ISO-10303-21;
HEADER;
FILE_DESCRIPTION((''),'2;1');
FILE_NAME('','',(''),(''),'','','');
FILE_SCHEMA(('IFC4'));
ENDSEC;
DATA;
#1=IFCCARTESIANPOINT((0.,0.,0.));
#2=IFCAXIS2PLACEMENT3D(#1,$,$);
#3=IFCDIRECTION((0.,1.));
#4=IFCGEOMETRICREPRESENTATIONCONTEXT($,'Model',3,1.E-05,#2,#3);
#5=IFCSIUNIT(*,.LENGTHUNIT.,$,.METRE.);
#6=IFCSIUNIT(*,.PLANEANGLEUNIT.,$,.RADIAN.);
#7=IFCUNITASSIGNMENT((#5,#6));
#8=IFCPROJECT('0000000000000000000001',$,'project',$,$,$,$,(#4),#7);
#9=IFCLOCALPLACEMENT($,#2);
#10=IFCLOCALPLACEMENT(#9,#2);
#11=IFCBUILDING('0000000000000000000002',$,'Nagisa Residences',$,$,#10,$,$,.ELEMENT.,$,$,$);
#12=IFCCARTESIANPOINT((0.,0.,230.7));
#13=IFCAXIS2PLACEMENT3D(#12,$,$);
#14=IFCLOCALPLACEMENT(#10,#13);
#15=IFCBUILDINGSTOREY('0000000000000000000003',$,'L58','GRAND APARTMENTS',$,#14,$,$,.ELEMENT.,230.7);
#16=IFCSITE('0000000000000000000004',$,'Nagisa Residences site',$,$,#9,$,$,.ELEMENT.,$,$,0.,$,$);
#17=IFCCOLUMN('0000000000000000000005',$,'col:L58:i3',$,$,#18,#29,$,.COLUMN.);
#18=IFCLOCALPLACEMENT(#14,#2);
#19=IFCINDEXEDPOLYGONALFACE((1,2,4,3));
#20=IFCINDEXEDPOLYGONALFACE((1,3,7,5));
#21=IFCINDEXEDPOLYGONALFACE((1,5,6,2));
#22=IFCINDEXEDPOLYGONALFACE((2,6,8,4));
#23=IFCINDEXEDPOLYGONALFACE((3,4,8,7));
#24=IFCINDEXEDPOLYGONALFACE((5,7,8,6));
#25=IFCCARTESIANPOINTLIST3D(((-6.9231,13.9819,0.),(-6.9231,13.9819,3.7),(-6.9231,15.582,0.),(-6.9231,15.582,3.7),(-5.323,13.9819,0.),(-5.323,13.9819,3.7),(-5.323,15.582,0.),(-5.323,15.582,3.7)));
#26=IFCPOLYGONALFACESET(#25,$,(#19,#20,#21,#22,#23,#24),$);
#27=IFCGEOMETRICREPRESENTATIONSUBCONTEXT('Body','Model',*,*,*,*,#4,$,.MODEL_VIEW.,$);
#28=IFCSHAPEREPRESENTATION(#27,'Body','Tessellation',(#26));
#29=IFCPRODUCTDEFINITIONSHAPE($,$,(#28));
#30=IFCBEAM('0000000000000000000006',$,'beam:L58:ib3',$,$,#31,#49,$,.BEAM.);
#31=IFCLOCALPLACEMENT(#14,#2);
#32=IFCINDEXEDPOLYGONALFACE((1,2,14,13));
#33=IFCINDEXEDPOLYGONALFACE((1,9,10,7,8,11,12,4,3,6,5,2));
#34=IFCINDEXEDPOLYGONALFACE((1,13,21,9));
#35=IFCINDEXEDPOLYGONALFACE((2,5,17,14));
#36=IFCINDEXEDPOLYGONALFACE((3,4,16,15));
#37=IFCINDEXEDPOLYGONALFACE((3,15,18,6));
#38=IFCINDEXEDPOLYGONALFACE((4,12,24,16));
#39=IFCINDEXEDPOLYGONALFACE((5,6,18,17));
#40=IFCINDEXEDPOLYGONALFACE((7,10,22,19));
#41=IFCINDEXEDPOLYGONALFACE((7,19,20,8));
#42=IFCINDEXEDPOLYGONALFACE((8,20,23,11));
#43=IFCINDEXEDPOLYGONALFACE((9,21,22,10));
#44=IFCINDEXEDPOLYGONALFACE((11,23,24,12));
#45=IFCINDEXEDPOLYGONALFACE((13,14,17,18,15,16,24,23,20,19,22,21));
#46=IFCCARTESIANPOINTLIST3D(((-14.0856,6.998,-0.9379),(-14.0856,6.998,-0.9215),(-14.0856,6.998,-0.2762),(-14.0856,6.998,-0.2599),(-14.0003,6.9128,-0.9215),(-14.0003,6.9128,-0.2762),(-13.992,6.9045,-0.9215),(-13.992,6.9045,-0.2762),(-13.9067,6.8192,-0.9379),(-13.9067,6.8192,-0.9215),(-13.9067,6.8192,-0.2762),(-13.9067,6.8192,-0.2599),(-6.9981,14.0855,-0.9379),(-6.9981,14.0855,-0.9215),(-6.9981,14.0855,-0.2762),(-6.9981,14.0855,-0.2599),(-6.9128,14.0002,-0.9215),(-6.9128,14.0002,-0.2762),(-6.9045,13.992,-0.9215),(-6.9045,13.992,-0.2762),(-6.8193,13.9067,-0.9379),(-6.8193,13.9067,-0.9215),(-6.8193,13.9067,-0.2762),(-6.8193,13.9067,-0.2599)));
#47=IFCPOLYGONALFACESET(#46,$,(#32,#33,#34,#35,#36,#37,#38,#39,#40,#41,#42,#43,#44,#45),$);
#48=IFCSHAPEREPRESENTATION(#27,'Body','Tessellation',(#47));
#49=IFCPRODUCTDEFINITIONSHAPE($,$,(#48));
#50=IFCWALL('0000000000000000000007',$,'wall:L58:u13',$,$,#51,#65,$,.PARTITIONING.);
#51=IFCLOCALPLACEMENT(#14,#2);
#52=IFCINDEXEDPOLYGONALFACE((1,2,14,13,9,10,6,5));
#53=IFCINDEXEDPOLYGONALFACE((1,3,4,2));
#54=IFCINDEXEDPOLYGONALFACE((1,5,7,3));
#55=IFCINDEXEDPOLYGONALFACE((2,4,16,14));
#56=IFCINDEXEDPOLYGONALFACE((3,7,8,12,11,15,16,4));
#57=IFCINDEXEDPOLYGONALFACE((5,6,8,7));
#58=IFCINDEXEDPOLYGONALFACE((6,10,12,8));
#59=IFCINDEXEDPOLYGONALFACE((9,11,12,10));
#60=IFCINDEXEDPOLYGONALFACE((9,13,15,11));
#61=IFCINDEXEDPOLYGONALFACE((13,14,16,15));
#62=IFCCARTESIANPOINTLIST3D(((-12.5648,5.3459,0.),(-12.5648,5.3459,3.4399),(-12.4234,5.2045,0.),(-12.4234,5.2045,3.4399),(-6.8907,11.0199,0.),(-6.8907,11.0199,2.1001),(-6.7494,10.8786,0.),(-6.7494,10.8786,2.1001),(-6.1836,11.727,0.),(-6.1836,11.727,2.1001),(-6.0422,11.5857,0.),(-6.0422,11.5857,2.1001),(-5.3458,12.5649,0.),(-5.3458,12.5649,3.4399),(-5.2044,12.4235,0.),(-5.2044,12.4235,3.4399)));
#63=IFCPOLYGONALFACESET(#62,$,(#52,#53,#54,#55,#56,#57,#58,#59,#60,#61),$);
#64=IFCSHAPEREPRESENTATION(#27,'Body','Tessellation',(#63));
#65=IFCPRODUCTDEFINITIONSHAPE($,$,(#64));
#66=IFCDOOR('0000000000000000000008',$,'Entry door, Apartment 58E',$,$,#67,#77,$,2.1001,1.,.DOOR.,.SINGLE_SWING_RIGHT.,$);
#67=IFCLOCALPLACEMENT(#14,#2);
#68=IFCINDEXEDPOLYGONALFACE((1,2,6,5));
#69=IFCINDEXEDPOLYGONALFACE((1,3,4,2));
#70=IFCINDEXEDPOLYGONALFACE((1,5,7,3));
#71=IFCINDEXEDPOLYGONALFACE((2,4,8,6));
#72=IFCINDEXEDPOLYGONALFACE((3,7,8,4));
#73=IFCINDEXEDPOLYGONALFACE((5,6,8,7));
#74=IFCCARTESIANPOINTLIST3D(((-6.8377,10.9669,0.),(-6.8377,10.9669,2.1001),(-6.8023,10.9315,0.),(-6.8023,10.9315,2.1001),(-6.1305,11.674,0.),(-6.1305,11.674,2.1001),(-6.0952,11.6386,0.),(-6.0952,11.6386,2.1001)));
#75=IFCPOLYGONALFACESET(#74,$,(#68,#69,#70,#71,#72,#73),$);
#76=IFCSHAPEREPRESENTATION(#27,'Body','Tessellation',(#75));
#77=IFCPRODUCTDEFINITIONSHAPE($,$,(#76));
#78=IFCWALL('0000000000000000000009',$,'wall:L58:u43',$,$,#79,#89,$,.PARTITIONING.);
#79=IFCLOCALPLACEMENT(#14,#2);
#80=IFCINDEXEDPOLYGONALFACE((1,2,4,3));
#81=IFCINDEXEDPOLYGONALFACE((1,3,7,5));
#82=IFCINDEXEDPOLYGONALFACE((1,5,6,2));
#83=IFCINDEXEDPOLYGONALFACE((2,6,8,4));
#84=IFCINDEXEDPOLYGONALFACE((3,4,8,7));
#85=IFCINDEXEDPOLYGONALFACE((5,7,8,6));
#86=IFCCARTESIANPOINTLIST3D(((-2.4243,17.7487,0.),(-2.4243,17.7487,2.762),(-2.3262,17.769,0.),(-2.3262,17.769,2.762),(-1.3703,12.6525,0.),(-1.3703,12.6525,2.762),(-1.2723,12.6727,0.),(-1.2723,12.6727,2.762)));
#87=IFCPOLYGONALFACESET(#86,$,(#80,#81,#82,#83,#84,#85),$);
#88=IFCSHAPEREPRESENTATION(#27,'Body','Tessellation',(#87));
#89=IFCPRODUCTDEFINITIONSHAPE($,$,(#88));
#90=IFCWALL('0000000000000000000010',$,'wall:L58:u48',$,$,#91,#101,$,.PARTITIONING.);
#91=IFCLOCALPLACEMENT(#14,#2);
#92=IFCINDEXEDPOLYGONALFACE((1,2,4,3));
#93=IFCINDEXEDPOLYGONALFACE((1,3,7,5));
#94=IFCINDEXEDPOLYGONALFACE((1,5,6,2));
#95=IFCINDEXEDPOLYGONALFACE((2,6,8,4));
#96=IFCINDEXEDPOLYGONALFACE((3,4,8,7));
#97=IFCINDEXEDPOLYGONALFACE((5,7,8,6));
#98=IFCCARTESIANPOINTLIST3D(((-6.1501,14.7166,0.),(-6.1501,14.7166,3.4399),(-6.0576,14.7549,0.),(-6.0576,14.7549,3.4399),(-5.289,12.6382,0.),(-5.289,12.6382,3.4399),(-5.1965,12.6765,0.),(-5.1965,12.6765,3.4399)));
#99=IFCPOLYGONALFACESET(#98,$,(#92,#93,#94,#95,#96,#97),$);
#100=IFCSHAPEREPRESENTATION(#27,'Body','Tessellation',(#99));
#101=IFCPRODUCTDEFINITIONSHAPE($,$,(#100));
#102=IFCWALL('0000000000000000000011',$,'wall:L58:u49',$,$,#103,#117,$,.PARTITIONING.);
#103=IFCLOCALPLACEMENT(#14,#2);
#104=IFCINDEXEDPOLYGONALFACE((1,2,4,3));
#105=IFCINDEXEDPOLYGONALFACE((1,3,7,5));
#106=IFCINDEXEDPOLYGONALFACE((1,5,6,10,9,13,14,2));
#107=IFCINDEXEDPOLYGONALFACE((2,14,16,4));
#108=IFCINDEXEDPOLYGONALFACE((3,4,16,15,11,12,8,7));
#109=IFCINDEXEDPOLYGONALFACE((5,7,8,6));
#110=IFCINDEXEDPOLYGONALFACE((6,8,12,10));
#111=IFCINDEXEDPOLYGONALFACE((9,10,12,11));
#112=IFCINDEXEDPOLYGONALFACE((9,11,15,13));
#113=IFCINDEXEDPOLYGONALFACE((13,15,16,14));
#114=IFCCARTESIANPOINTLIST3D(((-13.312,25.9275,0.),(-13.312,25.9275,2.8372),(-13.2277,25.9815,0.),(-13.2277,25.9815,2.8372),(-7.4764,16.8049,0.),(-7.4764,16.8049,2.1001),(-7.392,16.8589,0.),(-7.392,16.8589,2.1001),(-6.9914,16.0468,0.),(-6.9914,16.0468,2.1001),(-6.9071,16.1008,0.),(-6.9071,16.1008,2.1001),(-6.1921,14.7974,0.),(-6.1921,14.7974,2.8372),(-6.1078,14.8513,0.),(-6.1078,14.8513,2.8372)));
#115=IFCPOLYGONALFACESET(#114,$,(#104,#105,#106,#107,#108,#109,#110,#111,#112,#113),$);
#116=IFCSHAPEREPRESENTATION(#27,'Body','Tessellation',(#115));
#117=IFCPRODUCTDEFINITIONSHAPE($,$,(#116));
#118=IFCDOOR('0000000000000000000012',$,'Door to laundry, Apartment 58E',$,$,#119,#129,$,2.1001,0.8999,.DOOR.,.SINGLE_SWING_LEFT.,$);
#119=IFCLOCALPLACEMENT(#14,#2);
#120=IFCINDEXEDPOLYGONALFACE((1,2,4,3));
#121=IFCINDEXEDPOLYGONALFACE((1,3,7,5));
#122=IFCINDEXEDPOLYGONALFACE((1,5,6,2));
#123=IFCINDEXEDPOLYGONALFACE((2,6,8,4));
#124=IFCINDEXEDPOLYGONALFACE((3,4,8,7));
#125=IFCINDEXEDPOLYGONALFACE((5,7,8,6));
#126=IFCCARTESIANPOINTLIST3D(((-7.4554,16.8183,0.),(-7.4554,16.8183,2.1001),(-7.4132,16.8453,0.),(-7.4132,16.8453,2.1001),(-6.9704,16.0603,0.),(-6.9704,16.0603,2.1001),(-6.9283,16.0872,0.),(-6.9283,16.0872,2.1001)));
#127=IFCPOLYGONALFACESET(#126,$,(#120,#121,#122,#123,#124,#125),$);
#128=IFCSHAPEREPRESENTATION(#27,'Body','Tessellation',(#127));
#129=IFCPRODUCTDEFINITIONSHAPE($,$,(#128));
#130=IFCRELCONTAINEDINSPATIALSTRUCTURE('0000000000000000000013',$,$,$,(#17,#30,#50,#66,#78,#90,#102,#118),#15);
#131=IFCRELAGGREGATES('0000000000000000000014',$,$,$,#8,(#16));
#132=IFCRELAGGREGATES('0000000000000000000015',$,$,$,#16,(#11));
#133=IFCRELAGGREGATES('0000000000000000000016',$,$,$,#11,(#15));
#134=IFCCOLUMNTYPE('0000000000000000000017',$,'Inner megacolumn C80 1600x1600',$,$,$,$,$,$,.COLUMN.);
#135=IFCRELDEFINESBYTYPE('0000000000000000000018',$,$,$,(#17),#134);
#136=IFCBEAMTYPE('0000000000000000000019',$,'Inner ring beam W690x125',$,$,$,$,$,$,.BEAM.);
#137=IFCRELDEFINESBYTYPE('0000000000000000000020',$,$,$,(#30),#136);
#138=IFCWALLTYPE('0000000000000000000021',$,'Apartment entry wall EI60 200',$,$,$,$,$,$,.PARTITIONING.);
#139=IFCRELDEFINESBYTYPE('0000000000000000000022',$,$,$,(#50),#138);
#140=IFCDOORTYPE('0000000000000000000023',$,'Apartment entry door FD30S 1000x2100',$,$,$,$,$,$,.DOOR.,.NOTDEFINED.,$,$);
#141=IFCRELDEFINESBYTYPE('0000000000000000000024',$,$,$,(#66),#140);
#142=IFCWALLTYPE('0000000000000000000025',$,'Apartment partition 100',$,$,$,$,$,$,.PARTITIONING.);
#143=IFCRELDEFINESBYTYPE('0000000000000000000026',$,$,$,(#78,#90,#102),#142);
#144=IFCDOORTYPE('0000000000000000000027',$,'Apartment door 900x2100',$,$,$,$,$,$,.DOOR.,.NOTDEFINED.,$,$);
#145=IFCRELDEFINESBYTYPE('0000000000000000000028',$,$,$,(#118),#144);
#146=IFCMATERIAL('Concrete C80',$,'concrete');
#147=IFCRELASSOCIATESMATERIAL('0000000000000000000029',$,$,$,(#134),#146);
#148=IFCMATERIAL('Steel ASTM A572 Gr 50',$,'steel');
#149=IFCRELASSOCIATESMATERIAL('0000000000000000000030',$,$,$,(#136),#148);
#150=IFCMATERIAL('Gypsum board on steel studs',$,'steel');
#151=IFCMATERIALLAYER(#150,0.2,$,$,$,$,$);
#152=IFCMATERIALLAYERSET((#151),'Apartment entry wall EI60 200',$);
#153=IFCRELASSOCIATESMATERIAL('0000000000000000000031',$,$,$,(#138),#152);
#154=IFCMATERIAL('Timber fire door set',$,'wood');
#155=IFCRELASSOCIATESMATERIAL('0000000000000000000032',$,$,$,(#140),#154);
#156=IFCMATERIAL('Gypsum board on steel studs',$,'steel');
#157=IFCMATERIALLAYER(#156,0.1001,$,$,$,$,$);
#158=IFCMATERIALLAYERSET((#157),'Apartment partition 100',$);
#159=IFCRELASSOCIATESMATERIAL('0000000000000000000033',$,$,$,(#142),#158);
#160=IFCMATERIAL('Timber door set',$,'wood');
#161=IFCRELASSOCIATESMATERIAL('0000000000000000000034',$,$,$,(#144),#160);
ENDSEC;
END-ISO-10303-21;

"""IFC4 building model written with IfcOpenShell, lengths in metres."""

from ifc_helpers import new_model, si_unit, direction, frame, frame_2d, origin, origin_2d, place, context, subcontext, project, spatial, rectangle, i_section, extrude, material, layer, layer_set, material_profile, profile_set, type_object, element, fill, save


model = new_model("IFC4")

# Units and contexts
model_context = context("Model", 3, precision=1e-05, world=origin(), true_north=direction((0.0, 1.0)))
body_context = subcontext(model_context, "Body", "Model", "MODEL_VIEW")
ifc_project = project(units=[si_unit("LENGTHUNIT", "METRE"), si_unit("PLANEANGLEUNIT", "RADIAN")], contexts=[model_context])

# Site, building, storey
site_placement = place(None, origin())
site = spatial("IfcSite", under=ifc_project, at=site_placement, Name="Nagisa Residences site", CompositionType="ELEMENT", RefElevation=0.0)
building_placement = place(site_placement, origin())
building = spatial("IfcBuilding", under=site, at=building_placement, Name="Nagisa Residences", CompositionType="ELEMENT")
storey_placement = place(building_placement, frame((0.0, 0.0, 230.7)))
storey = spatial("IfcBuildingStorey", under=building, at=storey_placement, Name="L58", Description="GRAND APARTMENTS", CompositionType="ELEMENT", Elevation=230.7)

# Column
ifc_material_1 = material(Name="Concrete C80", Category="concrete")
ifc_material_profile_1 = material_profile(ifc_material_1, rectangle(XDim=1.6001, YDim=1.6001, at=origin_2d()), Name="C80 1600x1600")
ifc_profile_set_1 = profile_set([ifc_material_profile_1], Name="Concrete C80")
column_type = type_object("IfcColumnType", Name="Inner megacolumn C80 1600x1600", PredefinedType="COLUMN", material=ifc_profile_set_1)
column_placement = place(storey_placement, frame((-6.123, 14.782, 0.0), z_axis=(0.0, 0.0, 1.0), x_axis=(1.0, 0.0, 0.0)))
element("IfcColumn", 1, at=column_placement, inside=storey, type_object=column_type, Name="col:L58:i3", PredefinedType="COLUMN", context=body_context, shape_type="SweptSolid", body=[
    extrude(rectangle(XDim=1.6001, YDim=1.6001, at=origin_2d()), origin(), (0.0, 0.0, 1.0), 3.7),
])

# Beam
ifc_material_2 = material(Name="Steel ASTM A572 Gr 50", Category="steel")
ifc_material_profile_2 = material_profile(ifc_material_2, i_section(OverallWidth=0.2529, OverallDepth=0.678, WebThickness=0.0117, FlangeThickness=0.0164, at=origin_2d()), Name="W690x125")
ifc_profile_set_2 = profile_set([ifc_material_profile_2], Name="Steel ASTM A572 Gr 50")
beam_type = type_object("IfcBeamType", Name="Inner ring beam W690x125", PredefinedType="BEAM", material=ifc_profile_set_2)
beam_placement = place(storey_placement, frame((-6.9087, 13.9961, -0.5989), z_axis=(-0.707107, -0.707107, 0.0), x_axis=(0.707107, -0.707107, 0.0)))
element("IfcBeam", 2, at=beam_placement, inside=storey, type_object=beam_type, Name="beam:L58:ib3", PredefinedType="BEAM", context=body_context, shape_type="SweptSolid", body=[
    extrude(i_section(OverallWidth=0.2529, OverallDepth=0.678, WebThickness=0.0117, FlangeThickness=0.0164, at=origin_2d()), origin(), (0.0, 0.0, 1.0), 10.0232),
])

# Wall, opening, door
ifc_material_3 = material(Name="Gypsum board on steel studs", Category="steel")
ifc_layer_1 = layer(ifc_material_3, 0.2)
ifc_layer_set_1 = layer_set([ifc_layer_1], Name="Apartment entry wall EI60 200")
wall_type_1 = type_object("IfcWallType", Name="Apartment entry wall EI60 200", PredefinedType="PARTITIONING", material=ifc_layer_set_1)
wall_1_placement = place(storey_placement, frame((-5.2751, 12.4941, 0.0), z_axis=(0.0, 0.0, 1.0), x_axis=(-0.707107, -0.707107, 0.0)))
wall_1 = element("IfcWall", 3, at=wall_1_placement, inside=storey, type_object=wall_type_1, Name="wall:L58:u13", PredefinedType="PARTITIONING", context=body_context, shape_type="SweptSolid", body=[
    extrude(rectangle(XDim=10.2092, YDim=0.2, at=frame_2d((5.1045, 0.0))), origin(), (0.0, 0.0, 1.0), 3.4399),
])
opening_1_placement = place(wall_1_placement, frame((1.1848, 0.0, 0.0)))
opening_1 = element("IfcOpeningElement", 4, at=opening_1_placement, cuts=wall_1, PredefinedType="OPENING", context=body_context, shape_type="SweptSolid", body=[
    extrude(rectangle(XDim=1.0, YDim=2.1001, at=frame_2d((0.5, 1.05))), frame((0.0, 0.1099, 0.0), z_axis=(0.0, -1.0, 0.0), x_axis=(1.0, 0.0, 0.0)), (0.0, 0.0, 1.0), 0.22),
])
ifc_material_4 = material(Name="Timber fire door set", Category="wood")
door_type_1 = type_object("IfcDoorType", Name="Apartment entry door FD30S 1000x2100", OperationType="NOTDEFINED", PredefinedType="DOOR", material=ifc_material_4)
door_1_placement = place(opening_1_placement, frame((1.0, 0.0, 0.0), x_axis=(-1.0, 0.0, 0.0)))
door_1 = element("IfcDoor", 5, at=door_1_placement, inside=storey, type_object=door_type_1, Name="Entry door, Apartment 58E", OperationType="SINGLE_SWING_RIGHT", OverallHeight=2.1001, OverallWidth=1.0, PredefinedType="DOOR", context=body_context, shape_type="SweptSolid", body=[
    extrude(rectangle(XDim=1.0, YDim=2.1001, at=frame_2d((0.5, 1.05))), frame((0.0, 0.0249, 0.0), z_axis=(0.0, -1.0, 0.0), x_axis=(1.0, 0.0, 0.0)), (0.0, 0.0, 1.0), 0.05),
])
fill(opening_1, door_1)

# Walls
ifc_material_5 = material(Name="Gypsum board on steel studs", Category="steel")
ifc_layer_2 = layer(ifc_material_5, 0.1001)
ifc_layer_set_2 = layer_set([ifc_layer_2], Name="Apartment partition 100")
wall_type_2 = type_object("IfcWallType", Name="Apartment partition 100", PredefinedType="PARTITIONING", material=ifc_layer_set_2)
wall_2_placement = place(storey_placement, frame((-1.3213, 12.6626, 0.0), z_axis=(0.0, 0.0, 1.0), x_axis=(-0.202526, 0.979277, 0.0)))
element("IfcWall", 6, at=wall_2_placement, inside=storey, type_object=wall_type_2, Name="wall:L58:u43", PredefinedType="PARTITIONING", context=body_context, shape_type="SweptSolid", body=[
    extrude(rectangle(XDim=5.2041, YDim=0.1001, at=frame_2d((2.6021, 0.0))), origin(), (0.0, 0.0, 1.0), 2.762),
])
wall_3_placement = place(storey_placement, frame((-5.2427, 12.6572, 0.0), z_axis=(0.0, 0.0, 1.0), x_axis=(-0.382758, 0.923849, 0.0)))
element("IfcWall", 7, at=wall_3_placement, inside=storey, type_object=wall_type_2, Name="wall:L58:u48", PredefinedType="PARTITIONING", context=body_context, shape_type="SweptSolid", body=[
    extrude(rectangle(XDim=2.2498, YDim=0.1001, at=frame_2d((1.125, 0.0))), origin(), (0.0, 0.0, 1.0), 3.4399),
])

# Wall, opening, door
wall_4_placement = place(storey_placement, frame((-6.1499, 14.8242, 0.0), z_axis=(0.0, 0.0, 1.0), x_axis=(-0.538871, 0.842388, 0.0)))
wall_4 = element("IfcWall", 8, at=wall_4_placement, inside=storey, type_object=wall_type_2, Name="wall:L58:u49", PredefinedType="PARTITIONING", context=body_context, shape_type="SweptSolid", body=[
    extrude(rectangle(XDim=13.2126, YDim=0.1001, at=frame_2d((6.6064, 0.0))), origin(), (0.0, 0.0, 1.0), 2.8372),
])
opening_2_placement = place(wall_4_placement, frame((1.4834, 0.0, 0.0)))
opening_2 = element("IfcOpeningElement", 9, at=opening_2_placement, cuts=wall_4, PredefinedType="OPENING", context=body_context, shape_type="SweptSolid", body=[
    extrude(rectangle(XDim=0.8999, YDim=2.1001, at=frame_2d((0.45, 1.05))), frame((0.0, 0.0601, 0.0), z_axis=(0.0, -1.0, 0.0), x_axis=(1.0, 0.0, 0.0)), (0.0, 0.0, 1.0), 0.1201),
])
ifc_material_6 = material(Name="Timber door set", Category="wood")
door_type_2 = type_object("IfcDoorType", Name="Apartment door 900x2100", OperationType="NOTDEFINED", PredefinedType="DOOR", material=ifc_material_6)
door_2_placement = place(opening_2_placement, frame((0.8999, 0.0, 0.0), x_axis=(-1.0, 0.0, 0.0)))
door_2 = element("IfcDoor", 10, at=door_2_placement, inside=storey, type_object=door_type_2, Name="Door to laundry, Apartment 58E", OperationType="SINGLE_SWING_LEFT", OverallHeight=2.1001, OverallWidth=0.8999, PredefinedType="DOOR", context=body_context, shape_type="SweptSolid", body=[
    extrude(rectangle(XDim=0.8999, YDim=2.1001, at=frame_2d((0.45, 1.05))), frame((0.0, 0.0249, 0.0), z_axis=(0.0, -1.0, 0.0), x_axis=(1.0, 0.0, 0.0)), (0.0, 0.0, 1.0), 0.05),
])
fill(opening_2, door_2)

save(model, "model.ifc")
